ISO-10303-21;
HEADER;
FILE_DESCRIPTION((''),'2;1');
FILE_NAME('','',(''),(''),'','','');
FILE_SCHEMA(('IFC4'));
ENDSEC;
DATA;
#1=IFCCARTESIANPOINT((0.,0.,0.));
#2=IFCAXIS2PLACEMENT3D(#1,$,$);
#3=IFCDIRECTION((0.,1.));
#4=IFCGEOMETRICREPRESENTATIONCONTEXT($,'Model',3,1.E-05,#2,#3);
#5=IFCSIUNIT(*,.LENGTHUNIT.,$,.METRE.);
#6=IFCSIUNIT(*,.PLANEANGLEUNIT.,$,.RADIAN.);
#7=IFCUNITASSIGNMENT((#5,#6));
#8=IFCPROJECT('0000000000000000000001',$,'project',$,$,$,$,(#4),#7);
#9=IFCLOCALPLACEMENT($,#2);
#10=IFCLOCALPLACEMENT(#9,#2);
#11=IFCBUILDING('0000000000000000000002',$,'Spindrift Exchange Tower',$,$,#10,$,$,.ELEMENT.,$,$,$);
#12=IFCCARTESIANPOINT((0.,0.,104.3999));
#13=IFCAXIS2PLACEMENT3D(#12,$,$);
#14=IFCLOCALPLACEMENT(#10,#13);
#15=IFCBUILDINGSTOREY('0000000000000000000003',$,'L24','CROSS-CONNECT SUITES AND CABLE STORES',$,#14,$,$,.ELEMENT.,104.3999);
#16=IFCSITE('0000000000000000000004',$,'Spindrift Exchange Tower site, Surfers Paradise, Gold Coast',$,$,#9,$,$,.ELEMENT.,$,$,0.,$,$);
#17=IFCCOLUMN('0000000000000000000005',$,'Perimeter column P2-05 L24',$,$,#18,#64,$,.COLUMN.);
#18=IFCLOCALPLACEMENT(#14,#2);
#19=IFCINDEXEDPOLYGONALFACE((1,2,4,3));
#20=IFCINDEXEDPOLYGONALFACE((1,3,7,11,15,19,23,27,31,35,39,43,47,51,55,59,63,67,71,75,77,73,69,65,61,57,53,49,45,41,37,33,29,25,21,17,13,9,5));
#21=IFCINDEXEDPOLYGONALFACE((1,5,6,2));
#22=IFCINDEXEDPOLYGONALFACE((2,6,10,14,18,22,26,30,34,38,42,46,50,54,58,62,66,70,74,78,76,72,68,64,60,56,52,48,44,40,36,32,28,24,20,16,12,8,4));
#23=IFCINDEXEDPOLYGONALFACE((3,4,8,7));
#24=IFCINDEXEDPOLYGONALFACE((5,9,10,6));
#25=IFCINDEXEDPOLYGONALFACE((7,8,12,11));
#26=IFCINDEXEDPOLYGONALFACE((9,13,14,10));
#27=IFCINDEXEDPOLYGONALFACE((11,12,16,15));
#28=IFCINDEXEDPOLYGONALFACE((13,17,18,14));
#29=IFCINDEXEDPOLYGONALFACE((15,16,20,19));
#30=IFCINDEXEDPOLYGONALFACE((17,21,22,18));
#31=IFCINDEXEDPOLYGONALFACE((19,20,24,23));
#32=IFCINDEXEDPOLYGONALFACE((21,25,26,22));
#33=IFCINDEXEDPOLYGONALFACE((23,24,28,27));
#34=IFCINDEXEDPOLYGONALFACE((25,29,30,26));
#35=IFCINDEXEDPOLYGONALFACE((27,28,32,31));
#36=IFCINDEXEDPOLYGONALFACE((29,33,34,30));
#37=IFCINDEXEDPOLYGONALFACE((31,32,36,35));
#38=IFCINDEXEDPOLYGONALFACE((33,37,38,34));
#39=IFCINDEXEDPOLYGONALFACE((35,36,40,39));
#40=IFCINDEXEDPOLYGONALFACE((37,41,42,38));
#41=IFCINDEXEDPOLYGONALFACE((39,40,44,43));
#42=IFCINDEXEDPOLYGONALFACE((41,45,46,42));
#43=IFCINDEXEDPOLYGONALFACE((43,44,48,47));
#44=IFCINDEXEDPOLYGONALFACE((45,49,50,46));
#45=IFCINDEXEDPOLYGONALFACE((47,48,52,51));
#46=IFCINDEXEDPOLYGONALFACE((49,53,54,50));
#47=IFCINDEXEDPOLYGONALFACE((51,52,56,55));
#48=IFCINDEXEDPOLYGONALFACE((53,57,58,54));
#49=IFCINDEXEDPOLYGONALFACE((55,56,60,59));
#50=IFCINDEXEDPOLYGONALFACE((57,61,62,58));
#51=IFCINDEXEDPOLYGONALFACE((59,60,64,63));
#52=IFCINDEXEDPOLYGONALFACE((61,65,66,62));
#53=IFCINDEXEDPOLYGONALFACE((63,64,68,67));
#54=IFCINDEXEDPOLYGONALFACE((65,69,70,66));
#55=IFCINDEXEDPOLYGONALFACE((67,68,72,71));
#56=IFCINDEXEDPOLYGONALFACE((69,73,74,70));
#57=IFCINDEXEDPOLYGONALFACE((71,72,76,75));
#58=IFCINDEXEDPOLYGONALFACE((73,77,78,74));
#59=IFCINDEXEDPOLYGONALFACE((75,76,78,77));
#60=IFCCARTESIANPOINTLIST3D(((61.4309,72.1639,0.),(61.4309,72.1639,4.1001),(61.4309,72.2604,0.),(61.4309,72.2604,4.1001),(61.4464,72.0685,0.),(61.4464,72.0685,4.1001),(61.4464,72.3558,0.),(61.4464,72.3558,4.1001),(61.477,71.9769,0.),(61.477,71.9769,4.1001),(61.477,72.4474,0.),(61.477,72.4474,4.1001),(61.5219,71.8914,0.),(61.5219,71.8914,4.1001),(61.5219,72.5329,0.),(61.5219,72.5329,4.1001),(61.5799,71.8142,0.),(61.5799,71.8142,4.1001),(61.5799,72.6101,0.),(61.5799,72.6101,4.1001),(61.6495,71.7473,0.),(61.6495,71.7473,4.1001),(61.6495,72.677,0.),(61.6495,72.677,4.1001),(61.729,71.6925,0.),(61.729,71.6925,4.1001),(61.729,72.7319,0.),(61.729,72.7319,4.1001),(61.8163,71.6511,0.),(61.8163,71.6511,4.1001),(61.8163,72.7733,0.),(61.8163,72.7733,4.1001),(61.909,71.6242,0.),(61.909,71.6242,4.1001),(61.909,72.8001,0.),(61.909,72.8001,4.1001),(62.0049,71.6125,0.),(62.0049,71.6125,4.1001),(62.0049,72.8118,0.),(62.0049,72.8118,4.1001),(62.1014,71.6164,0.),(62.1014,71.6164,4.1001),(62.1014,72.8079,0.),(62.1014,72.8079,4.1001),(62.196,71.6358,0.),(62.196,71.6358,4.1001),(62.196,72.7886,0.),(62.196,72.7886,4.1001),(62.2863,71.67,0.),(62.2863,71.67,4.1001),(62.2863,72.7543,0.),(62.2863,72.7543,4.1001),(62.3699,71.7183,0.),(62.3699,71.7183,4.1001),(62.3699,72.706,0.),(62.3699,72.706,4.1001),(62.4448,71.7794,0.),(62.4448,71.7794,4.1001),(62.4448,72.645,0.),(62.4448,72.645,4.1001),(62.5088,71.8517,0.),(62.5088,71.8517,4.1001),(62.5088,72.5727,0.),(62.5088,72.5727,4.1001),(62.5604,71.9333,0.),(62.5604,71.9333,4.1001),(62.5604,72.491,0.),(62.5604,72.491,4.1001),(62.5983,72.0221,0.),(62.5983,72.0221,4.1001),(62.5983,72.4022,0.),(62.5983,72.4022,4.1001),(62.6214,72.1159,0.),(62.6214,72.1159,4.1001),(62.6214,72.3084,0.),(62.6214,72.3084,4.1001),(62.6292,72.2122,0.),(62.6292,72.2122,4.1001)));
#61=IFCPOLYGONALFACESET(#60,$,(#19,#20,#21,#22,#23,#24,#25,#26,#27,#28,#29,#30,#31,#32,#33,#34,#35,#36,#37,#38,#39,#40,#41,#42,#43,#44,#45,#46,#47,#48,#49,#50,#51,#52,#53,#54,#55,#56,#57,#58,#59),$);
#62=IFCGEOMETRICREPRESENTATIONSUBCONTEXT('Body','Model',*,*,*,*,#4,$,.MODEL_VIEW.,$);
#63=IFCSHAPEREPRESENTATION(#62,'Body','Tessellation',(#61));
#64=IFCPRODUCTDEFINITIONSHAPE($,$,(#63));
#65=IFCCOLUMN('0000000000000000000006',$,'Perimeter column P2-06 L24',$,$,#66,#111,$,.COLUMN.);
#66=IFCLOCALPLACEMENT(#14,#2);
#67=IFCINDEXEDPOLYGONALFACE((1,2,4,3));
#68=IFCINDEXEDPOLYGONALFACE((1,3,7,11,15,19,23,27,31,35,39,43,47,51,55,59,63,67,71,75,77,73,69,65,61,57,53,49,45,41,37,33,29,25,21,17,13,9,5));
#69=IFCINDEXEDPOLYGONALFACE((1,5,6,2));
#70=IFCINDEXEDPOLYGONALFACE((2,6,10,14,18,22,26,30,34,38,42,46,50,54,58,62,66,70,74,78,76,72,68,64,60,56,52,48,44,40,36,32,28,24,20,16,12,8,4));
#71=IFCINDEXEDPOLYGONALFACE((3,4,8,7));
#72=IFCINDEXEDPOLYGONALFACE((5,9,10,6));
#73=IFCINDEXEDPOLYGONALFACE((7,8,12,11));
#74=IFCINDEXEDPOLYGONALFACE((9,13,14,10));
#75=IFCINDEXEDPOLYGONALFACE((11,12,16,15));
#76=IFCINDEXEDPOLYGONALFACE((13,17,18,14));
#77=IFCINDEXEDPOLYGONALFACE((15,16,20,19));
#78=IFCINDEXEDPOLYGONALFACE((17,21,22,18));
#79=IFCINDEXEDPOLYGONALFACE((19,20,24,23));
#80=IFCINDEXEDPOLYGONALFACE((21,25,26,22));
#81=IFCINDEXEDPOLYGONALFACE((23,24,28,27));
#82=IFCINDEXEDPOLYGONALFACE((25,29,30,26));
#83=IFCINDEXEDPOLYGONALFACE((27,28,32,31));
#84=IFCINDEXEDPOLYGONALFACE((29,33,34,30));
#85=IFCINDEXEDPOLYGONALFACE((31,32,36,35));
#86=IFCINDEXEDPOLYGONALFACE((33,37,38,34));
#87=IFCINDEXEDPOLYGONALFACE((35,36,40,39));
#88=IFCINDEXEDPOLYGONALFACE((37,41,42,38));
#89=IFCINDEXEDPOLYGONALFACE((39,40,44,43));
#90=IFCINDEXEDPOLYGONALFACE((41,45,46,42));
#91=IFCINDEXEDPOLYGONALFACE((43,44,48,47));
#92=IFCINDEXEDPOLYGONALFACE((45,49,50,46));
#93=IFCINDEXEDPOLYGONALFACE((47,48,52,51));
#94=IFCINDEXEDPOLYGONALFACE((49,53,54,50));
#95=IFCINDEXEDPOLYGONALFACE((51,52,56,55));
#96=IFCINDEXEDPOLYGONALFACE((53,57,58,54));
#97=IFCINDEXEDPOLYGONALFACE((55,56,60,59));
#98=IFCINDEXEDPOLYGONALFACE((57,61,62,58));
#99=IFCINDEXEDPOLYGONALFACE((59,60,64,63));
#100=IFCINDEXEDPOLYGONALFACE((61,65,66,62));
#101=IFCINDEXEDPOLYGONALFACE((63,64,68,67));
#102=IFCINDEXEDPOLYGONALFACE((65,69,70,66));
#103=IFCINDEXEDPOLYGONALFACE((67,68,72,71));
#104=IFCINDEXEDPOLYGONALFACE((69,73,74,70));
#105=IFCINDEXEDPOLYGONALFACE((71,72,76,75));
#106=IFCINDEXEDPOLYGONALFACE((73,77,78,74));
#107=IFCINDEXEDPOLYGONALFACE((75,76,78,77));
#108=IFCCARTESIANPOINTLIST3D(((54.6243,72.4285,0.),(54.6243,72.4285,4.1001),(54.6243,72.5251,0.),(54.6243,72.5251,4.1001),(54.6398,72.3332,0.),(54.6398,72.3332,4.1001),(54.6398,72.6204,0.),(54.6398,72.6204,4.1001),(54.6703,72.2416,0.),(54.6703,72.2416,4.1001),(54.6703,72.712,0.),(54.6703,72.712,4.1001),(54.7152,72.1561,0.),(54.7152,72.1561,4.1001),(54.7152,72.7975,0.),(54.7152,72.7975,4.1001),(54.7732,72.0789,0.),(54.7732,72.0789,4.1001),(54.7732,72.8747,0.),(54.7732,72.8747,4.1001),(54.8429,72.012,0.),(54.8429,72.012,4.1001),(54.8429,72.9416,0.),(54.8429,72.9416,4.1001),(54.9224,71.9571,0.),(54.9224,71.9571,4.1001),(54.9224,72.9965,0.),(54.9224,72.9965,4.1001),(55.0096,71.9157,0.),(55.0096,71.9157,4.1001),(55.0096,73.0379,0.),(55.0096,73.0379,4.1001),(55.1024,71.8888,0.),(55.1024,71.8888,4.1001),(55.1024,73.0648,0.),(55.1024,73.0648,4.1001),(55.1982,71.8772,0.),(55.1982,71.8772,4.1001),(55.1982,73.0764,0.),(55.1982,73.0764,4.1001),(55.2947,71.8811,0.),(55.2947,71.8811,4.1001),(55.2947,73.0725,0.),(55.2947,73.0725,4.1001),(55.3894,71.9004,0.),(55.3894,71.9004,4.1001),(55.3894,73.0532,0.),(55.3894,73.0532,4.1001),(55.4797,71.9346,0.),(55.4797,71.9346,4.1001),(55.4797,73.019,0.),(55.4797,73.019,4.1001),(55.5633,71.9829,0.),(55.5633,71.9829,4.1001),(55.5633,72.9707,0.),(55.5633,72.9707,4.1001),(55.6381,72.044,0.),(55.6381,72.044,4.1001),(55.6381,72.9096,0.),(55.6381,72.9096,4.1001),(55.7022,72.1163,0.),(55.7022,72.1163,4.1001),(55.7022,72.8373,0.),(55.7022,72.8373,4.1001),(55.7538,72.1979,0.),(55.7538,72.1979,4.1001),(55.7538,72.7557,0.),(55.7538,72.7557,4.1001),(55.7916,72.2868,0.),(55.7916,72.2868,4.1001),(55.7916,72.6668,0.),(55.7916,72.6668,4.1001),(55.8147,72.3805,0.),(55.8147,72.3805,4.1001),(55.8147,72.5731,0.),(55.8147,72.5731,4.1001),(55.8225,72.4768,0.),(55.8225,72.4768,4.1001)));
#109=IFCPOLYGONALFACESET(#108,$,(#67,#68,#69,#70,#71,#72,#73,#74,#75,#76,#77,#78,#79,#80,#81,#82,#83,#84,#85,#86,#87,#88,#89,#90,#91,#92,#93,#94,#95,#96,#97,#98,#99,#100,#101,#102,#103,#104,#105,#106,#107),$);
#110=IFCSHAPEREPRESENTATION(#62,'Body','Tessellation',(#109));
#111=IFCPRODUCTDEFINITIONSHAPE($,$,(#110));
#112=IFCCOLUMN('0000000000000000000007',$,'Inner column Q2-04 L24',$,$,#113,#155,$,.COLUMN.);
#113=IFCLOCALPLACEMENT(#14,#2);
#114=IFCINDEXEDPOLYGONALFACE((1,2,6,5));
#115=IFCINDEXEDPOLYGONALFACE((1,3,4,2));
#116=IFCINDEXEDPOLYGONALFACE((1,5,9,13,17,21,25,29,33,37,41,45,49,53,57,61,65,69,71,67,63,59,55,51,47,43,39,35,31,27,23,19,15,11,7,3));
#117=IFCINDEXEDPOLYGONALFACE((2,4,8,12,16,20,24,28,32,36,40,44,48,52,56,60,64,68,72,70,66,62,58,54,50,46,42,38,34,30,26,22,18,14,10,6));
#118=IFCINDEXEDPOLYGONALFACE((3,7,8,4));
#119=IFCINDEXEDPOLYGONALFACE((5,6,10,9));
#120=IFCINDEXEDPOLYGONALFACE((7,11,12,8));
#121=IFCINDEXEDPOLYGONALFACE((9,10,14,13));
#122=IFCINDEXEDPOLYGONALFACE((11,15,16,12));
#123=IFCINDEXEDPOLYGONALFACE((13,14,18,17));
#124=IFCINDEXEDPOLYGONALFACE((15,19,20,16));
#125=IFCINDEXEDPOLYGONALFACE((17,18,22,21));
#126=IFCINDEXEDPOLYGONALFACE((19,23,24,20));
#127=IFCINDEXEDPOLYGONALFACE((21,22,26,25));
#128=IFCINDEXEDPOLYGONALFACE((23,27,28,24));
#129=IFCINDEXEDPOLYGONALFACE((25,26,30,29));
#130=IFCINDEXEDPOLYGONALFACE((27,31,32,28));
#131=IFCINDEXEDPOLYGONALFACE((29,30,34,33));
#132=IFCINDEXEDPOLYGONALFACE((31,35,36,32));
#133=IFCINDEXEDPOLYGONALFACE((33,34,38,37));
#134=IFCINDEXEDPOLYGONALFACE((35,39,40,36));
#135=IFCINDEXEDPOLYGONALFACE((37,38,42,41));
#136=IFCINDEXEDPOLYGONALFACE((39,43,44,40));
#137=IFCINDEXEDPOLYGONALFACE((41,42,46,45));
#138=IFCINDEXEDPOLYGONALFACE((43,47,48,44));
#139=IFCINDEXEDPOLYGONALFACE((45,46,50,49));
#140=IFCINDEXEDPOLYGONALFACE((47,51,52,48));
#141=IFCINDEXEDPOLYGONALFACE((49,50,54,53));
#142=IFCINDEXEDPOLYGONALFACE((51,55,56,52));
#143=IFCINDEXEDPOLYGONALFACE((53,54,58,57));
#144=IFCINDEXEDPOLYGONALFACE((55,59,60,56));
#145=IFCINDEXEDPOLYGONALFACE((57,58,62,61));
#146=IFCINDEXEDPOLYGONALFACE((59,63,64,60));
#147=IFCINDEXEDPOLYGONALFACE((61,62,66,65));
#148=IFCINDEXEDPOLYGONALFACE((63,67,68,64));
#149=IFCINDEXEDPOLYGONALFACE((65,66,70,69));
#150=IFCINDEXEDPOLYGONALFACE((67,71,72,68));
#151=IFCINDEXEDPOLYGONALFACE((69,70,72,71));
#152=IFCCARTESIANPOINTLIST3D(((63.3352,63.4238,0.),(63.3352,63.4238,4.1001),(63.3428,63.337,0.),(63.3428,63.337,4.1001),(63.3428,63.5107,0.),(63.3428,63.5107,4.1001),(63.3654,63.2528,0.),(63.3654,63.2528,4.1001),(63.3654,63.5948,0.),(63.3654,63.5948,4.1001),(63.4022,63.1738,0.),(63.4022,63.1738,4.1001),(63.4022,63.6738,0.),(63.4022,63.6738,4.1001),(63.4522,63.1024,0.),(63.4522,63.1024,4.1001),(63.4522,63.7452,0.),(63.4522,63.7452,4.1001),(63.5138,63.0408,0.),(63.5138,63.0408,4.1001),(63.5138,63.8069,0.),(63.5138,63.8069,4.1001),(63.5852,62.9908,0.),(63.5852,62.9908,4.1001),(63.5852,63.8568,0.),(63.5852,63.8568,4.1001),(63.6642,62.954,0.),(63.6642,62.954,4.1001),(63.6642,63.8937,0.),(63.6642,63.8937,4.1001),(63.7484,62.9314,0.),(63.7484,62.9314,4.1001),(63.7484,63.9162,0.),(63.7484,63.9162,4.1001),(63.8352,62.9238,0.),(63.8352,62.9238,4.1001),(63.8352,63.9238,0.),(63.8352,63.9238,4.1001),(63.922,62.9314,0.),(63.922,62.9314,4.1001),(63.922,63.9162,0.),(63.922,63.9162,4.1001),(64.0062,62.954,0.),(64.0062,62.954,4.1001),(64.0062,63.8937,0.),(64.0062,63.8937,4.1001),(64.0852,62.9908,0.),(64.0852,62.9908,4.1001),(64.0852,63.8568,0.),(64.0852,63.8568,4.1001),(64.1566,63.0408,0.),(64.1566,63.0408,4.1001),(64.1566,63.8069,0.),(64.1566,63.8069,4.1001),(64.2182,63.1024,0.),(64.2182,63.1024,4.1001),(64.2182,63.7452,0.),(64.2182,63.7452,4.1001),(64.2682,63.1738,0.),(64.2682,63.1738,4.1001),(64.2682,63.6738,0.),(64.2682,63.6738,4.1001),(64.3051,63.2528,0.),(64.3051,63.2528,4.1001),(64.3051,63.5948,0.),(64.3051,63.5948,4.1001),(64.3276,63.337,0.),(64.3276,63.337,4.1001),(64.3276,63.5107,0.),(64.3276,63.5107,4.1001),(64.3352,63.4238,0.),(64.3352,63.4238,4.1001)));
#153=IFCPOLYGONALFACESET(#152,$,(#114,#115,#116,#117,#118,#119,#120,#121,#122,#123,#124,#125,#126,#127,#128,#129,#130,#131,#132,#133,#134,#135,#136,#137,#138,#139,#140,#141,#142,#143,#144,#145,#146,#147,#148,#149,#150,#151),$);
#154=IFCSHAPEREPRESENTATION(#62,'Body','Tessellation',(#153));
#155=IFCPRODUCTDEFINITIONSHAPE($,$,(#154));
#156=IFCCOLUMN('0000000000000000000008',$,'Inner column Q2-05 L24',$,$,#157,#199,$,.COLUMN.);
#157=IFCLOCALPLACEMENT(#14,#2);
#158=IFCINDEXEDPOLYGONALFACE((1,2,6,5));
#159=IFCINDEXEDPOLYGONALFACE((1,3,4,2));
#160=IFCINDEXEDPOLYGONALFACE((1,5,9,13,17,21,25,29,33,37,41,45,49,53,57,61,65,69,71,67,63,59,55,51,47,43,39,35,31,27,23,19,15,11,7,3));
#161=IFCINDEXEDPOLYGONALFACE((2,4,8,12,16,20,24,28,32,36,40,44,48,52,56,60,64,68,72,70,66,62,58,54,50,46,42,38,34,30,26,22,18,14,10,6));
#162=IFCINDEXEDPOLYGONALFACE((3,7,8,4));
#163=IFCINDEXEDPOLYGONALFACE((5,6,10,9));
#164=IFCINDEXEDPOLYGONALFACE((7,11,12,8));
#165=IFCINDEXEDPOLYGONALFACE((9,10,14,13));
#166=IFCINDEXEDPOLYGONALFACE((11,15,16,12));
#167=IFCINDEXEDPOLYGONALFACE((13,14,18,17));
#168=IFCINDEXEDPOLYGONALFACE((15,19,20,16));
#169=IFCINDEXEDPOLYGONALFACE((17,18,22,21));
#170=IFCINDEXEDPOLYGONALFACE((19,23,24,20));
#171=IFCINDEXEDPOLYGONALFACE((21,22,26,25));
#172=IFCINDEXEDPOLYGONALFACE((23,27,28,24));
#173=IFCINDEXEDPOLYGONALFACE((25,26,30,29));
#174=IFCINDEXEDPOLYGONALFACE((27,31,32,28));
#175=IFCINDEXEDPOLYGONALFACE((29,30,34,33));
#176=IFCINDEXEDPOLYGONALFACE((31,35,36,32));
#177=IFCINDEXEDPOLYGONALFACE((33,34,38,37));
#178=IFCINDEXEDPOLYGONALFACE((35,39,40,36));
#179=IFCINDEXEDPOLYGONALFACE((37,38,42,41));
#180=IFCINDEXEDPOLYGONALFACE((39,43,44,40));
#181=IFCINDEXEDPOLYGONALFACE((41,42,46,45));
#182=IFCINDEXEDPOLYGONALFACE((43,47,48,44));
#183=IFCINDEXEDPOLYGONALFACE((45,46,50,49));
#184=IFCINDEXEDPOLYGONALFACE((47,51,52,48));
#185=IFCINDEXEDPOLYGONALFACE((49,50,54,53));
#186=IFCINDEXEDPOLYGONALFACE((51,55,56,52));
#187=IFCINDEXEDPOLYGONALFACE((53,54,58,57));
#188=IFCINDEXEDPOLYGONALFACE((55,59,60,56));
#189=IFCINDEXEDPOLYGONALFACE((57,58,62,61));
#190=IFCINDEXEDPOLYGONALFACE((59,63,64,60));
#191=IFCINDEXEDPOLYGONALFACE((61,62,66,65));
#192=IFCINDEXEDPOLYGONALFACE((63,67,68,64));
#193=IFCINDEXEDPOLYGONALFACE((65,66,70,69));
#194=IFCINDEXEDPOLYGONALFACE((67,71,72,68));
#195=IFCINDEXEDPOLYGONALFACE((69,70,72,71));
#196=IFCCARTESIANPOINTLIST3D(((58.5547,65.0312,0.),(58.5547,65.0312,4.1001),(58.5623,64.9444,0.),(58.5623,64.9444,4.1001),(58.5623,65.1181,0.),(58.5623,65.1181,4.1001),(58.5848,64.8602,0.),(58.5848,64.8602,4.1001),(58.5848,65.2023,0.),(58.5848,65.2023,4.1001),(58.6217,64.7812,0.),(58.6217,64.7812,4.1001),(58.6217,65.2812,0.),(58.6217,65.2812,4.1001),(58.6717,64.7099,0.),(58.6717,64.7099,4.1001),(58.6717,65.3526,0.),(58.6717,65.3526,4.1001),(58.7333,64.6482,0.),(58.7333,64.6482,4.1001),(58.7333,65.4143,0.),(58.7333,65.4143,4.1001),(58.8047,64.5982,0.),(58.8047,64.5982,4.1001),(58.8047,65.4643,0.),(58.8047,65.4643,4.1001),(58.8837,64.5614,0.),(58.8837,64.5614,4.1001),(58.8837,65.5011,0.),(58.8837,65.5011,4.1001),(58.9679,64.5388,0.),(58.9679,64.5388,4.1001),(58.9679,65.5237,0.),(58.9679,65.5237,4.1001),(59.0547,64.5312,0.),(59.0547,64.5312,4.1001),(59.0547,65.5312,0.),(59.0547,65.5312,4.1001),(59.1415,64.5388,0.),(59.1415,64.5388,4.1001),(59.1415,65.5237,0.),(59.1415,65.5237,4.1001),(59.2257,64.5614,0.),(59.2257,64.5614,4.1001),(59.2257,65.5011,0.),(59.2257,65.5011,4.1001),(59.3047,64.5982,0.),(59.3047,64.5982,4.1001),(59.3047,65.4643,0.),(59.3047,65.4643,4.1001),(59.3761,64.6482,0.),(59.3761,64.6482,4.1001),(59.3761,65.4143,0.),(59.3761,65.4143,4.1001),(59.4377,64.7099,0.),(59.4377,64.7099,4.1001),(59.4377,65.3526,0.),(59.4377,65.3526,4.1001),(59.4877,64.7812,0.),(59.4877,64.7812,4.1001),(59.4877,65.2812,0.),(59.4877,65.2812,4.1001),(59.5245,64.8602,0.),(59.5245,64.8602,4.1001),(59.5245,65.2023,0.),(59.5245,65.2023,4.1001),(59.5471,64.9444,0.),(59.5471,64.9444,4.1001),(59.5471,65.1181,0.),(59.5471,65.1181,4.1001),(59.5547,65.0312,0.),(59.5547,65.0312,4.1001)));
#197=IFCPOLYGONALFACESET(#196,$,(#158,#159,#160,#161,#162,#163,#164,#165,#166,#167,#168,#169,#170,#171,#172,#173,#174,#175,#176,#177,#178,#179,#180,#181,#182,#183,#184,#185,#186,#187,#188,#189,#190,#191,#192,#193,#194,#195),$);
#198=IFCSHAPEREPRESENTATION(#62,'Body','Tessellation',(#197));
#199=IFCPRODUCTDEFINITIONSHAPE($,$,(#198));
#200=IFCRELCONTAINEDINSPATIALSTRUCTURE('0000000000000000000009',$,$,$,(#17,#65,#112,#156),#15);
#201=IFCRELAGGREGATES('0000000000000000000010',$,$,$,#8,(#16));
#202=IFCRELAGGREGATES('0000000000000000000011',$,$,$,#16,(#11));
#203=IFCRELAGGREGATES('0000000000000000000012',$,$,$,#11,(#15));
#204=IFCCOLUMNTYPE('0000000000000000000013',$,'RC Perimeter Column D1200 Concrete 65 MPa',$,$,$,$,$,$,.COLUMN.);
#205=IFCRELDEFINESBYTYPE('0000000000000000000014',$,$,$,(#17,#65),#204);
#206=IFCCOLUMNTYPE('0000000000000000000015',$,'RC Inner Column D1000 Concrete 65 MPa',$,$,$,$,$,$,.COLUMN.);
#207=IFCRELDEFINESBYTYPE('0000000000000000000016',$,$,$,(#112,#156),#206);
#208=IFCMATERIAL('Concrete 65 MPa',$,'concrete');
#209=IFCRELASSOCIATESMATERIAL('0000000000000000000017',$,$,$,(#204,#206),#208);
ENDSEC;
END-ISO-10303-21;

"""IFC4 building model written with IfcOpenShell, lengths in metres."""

from ifc_helpers import new_model, si_unit, direction, frame, origin, origin_2d, place, context, subcontext, project, spatial, circle, extrude, source, transform, mapped, material, material_profile, profile_set, type_object, element, save


model = new_model("IFC4")

# Units and contexts
model_context = context("Model", 3, precision=1e-05, world=origin(), true_north=direction((0.0, 1.0)))
body_context = subcontext(model_context, "Body", "Model", "MODEL_VIEW")
ifc_project = project(units=[si_unit("LENGTHUNIT", "METRE"), si_unit("PLANEANGLEUNIT", "RADIAN")], contexts=[model_context])

# Site, building, storey
site_placement = place(None, origin())
site = spatial("IfcSite", under=ifc_project, at=site_placement, Name="Spindrift Exchange Tower site, Surfers Paradise, Gold Coast", CompositionType="ELEMENT", RefElevation=0.0)
building_placement = place(site_placement, origin())
building = spatial("IfcBuilding", under=site, at=building_placement, Name="Spindrift Exchange Tower", CompositionType="ELEMENT")
storey_placement = place(building_placement, frame((0.0, 0.0, 104.3999)))
storey = spatial("IfcBuildingStorey", under=building, at=storey_placement, Name="L24", Description="CROSS-CONNECT SUITES AND CABLE STORES", CompositionType="ELEMENT", Elevation=104.3999)

# Columns
ifc_material_1 = material(Name="Concrete 65 MPa", Category="concrete")
ifc_material_profile_1 = material_profile(ifc_material_1, circle(Radius=0.6001, at=origin_2d()), Name="RC D1200")
ifc_profile_set_1 = profile_set([ifc_material_profile_1], Name="Concrete 65 MPa")
column_type_1 = type_object("IfcColumnType", Name="RC Perimeter Column D1200 Concrete 65 MPa", PredefinedType="COLUMN", material=ifc_profile_set_1)
shared_shape_1 = source(origin(), body_context, "Body", "SweptSolid", [
    extrude(circle(Radius=0.6001, at=origin_2d()), origin(), (0.0, 0.0, 1.0), 4.1001),
])
for number, where, z_axis, x_axis, name in (
    (1, (62.0291, 72.2122, 0.0), (0.0, 0.0, 1.0), (1.0, 0.0, 0.0), "Perimeter column P2-05 L24"),
    (2, (55.2224, 72.4768, 0.0), (0.0, 0.0, 1.0), (1.0, 0.0, 0.0), "Perimeter column P2-06 L24"),
):
    element("IfcColumn", number, at=place(storey_placement, frame(where, z_axis=z_axis, x_axis=x_axis)), inside=storey, type_object=column_type_1, Name=name, PredefinedType="COLUMN", context=body_context, shape_type="MappedRepresentation", body=[
        mapped(shared_shape_1, transform((0.0, 0.0, 0.0), scale=1.0)),
    ])
ifc_material_profile_2 = material_profile(ifc_material_1, circle(Radius=0.5, at=origin_2d()), Name="RC D1000")
ifc_profile_set_2 = profile_set([ifc_material_profile_2], Name="Concrete 65 MPa")
column_type_2 = type_object("IfcColumnType", Name="RC Inner Column D1000 Concrete 65 MPa", PredefinedType="COLUMN", material=ifc_profile_set_2)
shared_shape_2 = source(origin(), body_context, "Body", "SweptSolid", [
    extrude(circle(Radius=0.5, at=origin_2d()), origin(), (0.0, 0.0, 1.0), 4.1001),
])
for number, where, z_axis, x_axis, name in (
    (3, (63.8352, 63.4238, 0.0), (0.0, 0.0, 1.0), (1.0, 0.0, 0.0), "Inner column Q2-04 L24"),
    (4, (59.0547, 65.0312, 0.0), (0.0, 0.0, 1.0), (1.0, 0.0, 0.0), "Inner column Q2-05 L24"),
):
    element("IfcColumn", number, at=place(storey_placement, frame(where, z_axis=z_axis, x_axis=x_axis)), inside=storey, type_object=column_type_2, Name=name, PredefinedType="COLUMN", context=body_context, shape_type="MappedRepresentation", body=[
        mapped(shared_shape_2, transform((0.0, 0.0, 0.0), scale=1.0)),
    ])

save(model, "model.ifc")
